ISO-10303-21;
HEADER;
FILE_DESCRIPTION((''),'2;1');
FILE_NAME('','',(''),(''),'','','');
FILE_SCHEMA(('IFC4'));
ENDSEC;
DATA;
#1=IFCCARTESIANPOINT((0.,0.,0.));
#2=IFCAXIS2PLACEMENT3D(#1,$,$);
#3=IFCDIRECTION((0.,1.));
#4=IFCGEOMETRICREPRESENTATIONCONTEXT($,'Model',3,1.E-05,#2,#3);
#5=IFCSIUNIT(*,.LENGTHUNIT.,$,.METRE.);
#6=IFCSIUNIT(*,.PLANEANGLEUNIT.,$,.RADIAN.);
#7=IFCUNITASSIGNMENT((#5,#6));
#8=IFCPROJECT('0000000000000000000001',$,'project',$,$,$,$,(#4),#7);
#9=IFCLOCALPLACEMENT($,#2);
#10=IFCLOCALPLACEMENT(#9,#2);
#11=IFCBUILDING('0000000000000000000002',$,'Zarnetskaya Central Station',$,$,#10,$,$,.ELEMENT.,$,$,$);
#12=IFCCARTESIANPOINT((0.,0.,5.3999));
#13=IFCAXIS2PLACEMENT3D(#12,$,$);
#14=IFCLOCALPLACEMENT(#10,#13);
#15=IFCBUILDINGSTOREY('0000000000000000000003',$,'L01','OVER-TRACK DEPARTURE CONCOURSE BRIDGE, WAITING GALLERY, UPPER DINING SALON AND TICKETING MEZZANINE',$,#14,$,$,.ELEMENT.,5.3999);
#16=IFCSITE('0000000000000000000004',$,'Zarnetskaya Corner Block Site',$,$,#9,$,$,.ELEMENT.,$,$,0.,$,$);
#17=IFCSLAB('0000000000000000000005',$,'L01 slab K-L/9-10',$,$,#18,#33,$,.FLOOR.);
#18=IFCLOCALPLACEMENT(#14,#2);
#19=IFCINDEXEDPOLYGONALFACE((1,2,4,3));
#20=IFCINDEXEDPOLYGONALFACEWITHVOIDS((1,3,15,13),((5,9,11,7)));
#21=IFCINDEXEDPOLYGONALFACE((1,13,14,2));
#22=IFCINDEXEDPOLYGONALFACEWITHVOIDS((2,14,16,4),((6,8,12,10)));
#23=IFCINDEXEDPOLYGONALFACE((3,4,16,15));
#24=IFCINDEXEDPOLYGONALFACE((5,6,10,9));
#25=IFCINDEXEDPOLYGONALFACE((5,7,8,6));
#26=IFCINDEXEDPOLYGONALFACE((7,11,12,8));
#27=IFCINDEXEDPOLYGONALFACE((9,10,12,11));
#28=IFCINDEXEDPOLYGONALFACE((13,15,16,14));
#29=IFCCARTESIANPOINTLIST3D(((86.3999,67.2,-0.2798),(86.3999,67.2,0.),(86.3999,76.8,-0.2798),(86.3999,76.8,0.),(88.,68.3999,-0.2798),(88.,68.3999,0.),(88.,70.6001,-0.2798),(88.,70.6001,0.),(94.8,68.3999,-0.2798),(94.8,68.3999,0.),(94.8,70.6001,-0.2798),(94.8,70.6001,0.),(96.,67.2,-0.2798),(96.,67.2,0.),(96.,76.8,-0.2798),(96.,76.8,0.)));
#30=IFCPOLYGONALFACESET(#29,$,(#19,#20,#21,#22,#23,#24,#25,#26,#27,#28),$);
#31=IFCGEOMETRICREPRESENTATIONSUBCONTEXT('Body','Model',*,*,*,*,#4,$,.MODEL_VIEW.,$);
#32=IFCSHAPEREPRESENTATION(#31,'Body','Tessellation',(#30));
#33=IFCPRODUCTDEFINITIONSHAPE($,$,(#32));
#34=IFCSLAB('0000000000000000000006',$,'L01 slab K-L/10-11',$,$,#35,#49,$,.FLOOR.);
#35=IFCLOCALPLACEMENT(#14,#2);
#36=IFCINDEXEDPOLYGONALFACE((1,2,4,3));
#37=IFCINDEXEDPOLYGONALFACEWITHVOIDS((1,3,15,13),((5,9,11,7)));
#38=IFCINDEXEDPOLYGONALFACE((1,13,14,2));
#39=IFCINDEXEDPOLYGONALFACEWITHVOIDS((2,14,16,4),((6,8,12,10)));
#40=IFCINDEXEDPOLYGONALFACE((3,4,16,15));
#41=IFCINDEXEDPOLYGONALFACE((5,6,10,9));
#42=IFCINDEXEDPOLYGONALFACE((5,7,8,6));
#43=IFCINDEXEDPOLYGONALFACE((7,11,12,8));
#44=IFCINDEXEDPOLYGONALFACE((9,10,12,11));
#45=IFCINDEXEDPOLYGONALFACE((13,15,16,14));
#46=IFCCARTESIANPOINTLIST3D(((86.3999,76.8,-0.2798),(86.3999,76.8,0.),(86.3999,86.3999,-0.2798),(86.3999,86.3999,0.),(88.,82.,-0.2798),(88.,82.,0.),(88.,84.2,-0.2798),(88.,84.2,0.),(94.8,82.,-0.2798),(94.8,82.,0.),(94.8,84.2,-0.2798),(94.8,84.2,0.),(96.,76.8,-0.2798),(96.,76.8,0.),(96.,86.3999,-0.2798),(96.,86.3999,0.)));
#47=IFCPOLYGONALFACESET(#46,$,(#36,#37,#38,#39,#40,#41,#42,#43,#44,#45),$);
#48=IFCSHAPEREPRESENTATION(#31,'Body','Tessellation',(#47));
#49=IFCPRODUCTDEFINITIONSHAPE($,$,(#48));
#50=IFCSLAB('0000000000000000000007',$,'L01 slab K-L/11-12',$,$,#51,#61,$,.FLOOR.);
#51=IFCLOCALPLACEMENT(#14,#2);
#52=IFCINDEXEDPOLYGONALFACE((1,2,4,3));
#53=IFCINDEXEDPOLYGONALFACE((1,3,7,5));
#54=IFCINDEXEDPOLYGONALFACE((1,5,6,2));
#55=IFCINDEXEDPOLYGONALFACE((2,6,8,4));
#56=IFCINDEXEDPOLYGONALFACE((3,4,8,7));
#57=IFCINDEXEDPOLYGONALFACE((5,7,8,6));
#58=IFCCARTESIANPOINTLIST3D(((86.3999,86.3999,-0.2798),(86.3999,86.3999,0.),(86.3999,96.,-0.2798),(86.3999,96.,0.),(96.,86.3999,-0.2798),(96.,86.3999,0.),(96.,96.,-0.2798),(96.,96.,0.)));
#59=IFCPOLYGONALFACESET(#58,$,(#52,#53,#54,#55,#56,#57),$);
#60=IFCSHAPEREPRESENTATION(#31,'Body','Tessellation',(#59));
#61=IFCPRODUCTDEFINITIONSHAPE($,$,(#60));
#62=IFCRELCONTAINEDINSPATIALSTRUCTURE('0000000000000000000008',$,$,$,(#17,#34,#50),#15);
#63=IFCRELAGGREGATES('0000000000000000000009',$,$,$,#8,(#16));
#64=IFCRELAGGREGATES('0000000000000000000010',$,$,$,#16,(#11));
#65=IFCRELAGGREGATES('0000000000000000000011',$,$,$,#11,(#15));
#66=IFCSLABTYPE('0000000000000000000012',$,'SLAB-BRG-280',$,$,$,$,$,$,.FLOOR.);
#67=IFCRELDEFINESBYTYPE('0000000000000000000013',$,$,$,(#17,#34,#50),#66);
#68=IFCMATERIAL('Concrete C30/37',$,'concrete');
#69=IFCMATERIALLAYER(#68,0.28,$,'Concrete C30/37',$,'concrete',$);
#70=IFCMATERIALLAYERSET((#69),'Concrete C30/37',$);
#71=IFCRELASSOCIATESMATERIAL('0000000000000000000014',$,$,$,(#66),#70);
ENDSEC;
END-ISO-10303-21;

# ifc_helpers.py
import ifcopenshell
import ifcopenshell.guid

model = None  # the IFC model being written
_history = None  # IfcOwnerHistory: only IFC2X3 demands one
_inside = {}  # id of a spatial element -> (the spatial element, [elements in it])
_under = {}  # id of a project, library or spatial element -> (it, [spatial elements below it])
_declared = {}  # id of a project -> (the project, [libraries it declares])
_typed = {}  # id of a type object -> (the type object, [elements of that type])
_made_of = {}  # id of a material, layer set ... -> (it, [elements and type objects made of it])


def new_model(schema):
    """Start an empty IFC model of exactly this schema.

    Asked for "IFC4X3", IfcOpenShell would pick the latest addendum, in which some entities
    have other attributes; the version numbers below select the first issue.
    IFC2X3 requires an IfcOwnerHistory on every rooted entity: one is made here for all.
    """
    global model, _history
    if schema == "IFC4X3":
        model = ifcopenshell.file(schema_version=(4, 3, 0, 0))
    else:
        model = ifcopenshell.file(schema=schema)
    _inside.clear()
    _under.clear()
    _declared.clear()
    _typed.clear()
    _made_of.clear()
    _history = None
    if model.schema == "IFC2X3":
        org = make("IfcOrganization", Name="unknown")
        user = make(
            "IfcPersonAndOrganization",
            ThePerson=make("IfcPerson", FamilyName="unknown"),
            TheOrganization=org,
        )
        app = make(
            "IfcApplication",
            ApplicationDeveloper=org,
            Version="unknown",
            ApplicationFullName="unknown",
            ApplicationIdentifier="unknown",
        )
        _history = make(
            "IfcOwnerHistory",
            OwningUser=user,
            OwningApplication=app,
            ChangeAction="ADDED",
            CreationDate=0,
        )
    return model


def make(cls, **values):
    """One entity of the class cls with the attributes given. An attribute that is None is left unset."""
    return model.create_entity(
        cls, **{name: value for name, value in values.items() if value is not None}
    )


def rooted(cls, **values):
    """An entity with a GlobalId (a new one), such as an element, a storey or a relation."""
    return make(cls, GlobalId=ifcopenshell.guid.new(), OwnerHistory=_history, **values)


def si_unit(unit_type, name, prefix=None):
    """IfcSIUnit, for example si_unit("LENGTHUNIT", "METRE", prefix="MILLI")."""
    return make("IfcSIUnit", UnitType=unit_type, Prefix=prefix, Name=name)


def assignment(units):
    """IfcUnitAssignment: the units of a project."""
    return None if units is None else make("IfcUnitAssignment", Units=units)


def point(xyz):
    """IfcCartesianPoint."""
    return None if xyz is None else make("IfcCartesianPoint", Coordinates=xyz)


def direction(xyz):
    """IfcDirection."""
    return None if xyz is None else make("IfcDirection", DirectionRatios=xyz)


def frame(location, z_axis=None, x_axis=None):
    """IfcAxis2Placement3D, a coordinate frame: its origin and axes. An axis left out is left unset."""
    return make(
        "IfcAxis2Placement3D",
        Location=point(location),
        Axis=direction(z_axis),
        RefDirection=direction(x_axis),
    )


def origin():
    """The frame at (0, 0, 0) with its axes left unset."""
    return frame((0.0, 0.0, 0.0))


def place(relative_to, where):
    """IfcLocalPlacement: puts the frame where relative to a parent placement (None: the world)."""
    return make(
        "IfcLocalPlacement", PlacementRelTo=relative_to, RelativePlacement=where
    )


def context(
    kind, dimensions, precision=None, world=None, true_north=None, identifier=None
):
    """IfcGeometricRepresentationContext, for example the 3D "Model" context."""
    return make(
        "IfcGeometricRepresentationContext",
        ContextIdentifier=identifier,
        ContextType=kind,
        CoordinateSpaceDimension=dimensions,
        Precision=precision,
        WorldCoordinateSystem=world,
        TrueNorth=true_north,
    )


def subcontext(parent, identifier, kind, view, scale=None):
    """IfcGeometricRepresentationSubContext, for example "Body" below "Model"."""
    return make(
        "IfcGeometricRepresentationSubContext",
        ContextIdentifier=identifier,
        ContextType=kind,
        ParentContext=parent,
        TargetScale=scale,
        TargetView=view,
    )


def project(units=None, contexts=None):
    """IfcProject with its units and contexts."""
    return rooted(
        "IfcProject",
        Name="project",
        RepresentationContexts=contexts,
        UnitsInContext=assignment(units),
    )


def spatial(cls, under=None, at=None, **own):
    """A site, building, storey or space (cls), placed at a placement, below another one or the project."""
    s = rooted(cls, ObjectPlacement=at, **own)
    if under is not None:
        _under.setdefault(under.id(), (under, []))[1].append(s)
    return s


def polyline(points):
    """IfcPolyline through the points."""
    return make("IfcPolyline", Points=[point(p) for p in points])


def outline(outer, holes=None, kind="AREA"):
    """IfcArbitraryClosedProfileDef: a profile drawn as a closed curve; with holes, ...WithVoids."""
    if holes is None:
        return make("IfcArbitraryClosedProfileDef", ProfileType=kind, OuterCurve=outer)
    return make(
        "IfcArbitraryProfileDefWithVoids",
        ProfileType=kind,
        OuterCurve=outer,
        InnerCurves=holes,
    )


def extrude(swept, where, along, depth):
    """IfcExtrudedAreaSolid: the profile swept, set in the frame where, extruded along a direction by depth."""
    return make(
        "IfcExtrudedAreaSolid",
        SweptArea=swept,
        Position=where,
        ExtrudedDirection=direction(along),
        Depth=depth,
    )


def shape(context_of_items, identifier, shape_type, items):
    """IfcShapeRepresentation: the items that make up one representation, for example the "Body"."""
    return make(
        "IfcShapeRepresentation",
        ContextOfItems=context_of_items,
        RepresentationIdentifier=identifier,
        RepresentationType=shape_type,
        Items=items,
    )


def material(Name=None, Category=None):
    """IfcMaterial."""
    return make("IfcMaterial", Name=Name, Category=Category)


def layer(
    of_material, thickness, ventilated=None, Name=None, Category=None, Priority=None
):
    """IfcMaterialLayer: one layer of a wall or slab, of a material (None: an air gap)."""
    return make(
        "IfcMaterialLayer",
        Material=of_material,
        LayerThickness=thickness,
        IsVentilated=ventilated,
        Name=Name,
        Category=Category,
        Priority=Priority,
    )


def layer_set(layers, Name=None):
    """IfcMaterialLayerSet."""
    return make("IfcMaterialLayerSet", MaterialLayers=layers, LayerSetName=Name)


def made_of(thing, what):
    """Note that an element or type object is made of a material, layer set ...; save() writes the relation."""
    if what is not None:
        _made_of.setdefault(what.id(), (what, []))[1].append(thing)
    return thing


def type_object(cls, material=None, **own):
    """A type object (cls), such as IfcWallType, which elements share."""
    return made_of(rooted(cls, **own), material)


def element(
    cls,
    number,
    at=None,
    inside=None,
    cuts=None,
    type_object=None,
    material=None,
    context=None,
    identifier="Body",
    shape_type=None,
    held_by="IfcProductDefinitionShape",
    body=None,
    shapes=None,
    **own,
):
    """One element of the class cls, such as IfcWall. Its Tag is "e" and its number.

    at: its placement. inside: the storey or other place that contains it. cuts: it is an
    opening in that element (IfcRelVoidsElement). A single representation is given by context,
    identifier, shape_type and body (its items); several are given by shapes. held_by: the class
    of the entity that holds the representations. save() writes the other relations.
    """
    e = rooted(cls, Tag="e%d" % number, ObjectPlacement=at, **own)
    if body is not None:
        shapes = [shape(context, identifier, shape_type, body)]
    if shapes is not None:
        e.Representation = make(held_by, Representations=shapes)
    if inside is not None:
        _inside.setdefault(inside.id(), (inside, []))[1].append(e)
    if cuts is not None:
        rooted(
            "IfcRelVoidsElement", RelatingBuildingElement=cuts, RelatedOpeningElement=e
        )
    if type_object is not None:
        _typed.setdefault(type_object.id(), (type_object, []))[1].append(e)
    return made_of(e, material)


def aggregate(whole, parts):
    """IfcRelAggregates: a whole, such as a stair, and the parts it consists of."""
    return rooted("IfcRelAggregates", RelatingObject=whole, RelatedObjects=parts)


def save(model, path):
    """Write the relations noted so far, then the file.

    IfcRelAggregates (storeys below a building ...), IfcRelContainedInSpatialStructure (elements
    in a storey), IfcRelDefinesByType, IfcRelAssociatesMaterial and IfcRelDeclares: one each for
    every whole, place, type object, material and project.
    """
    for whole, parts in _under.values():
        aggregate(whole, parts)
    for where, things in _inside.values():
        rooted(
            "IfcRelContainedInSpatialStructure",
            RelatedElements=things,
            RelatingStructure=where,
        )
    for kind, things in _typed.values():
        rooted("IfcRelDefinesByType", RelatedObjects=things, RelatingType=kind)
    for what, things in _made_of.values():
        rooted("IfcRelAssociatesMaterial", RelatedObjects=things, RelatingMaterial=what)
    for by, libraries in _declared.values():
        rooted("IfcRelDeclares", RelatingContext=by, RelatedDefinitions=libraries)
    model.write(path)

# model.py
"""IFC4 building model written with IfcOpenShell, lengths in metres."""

from ifc_helpers import new_model, si_unit, direction, frame, origin, place, context, subcontext, project, spatial, polyline, outline, extrude, material, layer, layer_set, type_object, element, save


model = new_model("IFC4")

# Units and contexts
model_context = context("Model", 3, precision=1e-05, world=origin(), true_north=direction((0.0, 1.0)))
body_context = subcontext(model_context, "Body", "Model", "MODEL_VIEW")
ifc_project = project(units=[si_unit("LENGTHUNIT", "METRE"), si_unit("PLANEANGLEUNIT", "RADIAN")], contexts=[model_context])

# Site, building, storey
site_placement = place(None, origin())
site = spatial("IfcSite", under=ifc_project, at=site_placement, Name="Zarnetskaya Corner Block Site", CompositionType="ELEMENT", RefElevation=0.0)
building_placement = place(site_placement, origin())
building = spatial("IfcBuilding", under=site, at=building_placement, Name="Zarnetskaya Central Station", CompositionType="ELEMENT")
storey_placement = place(building_placement, frame((0.0, 0.0, 5.3999)))
storey = spatial("IfcBuildingStorey", under=building, at=storey_placement, Name="L01", Description="OVER-TRACK DEPARTURE CONCOURSE BRIDGE, WAITING GALLERY, UPPER DINING SALON AND TICKETING MEZZANINE", CompositionType="ELEMENT", Elevation=5.3999)

# Slabs
ifc_material = material(Name="Concrete C30/37", Category="concrete")
ifc_layer = layer(ifc_material, 0.28, Name="Concrete C30/37", Category="concrete")
ifc_layer_set = layer_set([ifc_layer], Name="Concrete C30/37")
slab_type = type_object("IfcSlabType", Name="SLAB-BRG-280", PredefinedType="FLOOR", material=ifc_layer_set)
slab_1_placement = place(storey_placement, frame((0.0, 0.0, -0.2798)))
element("IfcSlab", 1, at=slab_1_placement, inside=storey, type_object=slab_type, Name="L01 slab K-L/9-10", PredefinedType="FLOOR", context=body_context, shape_type="SweptSolid", body=[
    extrude(outline(polyline([(86.3999, 67.2), (96.0, 67.2), (96.0, 76.8), (86.3999, 76.8), (86.3999, 67.2)]), holes=[polyline([(88.0, 68.3999), (94.8, 68.3999), (94.8, 70.6001), (88.0, 70.6001), (88.0, 68.3999)])]), origin(), (0.0, 0.0, 1.0), 0.2798),
])
slab_2_placement = place(storey_placement, frame((0.0, 0.0, -0.2798)))
element("IfcSlab", 2, at=slab_2_placement, inside=storey, type_object=slab_type, Name="L01 slab K-L/10-11", PredefinedType="FLOOR", context=body_context, shape_type="SweptSolid", body=[
    extrude(outline(polyline([(86.3999, 76.8), (96.0, 76.8), (96.0, 86.3999), (86.3999, 86.3999), (86.3999, 76.8)]), holes=[polyline([(88.0, 82.0), (94.8, 82.0), (94.8, 84.2), (88.0, 84.2), (88.0, 82.0)])]), origin(), (0.0, 0.0, 1.0), 0.2798),
])
slab_3_placement = place(storey_placement, frame((0.0, 0.0, -0.2798)))
element("IfcSlab", 3, at=slab_3_placement, inside=storey, type_object=slab_type, Name="L01 slab K-L/11-12", PredefinedType="FLOOR", context=body_context, shape_type="SweptSolid", body=[
    extrude(outline(polyline([(86.3999, 86.3999), (96.0, 86.3999), (96.0, 96.0), (86.3999, 96.0), (86.3999, 86.3999)])), origin(), (0.0, 0.0, 1.0), 0.2798),
])

save(model, "model.ifc")
